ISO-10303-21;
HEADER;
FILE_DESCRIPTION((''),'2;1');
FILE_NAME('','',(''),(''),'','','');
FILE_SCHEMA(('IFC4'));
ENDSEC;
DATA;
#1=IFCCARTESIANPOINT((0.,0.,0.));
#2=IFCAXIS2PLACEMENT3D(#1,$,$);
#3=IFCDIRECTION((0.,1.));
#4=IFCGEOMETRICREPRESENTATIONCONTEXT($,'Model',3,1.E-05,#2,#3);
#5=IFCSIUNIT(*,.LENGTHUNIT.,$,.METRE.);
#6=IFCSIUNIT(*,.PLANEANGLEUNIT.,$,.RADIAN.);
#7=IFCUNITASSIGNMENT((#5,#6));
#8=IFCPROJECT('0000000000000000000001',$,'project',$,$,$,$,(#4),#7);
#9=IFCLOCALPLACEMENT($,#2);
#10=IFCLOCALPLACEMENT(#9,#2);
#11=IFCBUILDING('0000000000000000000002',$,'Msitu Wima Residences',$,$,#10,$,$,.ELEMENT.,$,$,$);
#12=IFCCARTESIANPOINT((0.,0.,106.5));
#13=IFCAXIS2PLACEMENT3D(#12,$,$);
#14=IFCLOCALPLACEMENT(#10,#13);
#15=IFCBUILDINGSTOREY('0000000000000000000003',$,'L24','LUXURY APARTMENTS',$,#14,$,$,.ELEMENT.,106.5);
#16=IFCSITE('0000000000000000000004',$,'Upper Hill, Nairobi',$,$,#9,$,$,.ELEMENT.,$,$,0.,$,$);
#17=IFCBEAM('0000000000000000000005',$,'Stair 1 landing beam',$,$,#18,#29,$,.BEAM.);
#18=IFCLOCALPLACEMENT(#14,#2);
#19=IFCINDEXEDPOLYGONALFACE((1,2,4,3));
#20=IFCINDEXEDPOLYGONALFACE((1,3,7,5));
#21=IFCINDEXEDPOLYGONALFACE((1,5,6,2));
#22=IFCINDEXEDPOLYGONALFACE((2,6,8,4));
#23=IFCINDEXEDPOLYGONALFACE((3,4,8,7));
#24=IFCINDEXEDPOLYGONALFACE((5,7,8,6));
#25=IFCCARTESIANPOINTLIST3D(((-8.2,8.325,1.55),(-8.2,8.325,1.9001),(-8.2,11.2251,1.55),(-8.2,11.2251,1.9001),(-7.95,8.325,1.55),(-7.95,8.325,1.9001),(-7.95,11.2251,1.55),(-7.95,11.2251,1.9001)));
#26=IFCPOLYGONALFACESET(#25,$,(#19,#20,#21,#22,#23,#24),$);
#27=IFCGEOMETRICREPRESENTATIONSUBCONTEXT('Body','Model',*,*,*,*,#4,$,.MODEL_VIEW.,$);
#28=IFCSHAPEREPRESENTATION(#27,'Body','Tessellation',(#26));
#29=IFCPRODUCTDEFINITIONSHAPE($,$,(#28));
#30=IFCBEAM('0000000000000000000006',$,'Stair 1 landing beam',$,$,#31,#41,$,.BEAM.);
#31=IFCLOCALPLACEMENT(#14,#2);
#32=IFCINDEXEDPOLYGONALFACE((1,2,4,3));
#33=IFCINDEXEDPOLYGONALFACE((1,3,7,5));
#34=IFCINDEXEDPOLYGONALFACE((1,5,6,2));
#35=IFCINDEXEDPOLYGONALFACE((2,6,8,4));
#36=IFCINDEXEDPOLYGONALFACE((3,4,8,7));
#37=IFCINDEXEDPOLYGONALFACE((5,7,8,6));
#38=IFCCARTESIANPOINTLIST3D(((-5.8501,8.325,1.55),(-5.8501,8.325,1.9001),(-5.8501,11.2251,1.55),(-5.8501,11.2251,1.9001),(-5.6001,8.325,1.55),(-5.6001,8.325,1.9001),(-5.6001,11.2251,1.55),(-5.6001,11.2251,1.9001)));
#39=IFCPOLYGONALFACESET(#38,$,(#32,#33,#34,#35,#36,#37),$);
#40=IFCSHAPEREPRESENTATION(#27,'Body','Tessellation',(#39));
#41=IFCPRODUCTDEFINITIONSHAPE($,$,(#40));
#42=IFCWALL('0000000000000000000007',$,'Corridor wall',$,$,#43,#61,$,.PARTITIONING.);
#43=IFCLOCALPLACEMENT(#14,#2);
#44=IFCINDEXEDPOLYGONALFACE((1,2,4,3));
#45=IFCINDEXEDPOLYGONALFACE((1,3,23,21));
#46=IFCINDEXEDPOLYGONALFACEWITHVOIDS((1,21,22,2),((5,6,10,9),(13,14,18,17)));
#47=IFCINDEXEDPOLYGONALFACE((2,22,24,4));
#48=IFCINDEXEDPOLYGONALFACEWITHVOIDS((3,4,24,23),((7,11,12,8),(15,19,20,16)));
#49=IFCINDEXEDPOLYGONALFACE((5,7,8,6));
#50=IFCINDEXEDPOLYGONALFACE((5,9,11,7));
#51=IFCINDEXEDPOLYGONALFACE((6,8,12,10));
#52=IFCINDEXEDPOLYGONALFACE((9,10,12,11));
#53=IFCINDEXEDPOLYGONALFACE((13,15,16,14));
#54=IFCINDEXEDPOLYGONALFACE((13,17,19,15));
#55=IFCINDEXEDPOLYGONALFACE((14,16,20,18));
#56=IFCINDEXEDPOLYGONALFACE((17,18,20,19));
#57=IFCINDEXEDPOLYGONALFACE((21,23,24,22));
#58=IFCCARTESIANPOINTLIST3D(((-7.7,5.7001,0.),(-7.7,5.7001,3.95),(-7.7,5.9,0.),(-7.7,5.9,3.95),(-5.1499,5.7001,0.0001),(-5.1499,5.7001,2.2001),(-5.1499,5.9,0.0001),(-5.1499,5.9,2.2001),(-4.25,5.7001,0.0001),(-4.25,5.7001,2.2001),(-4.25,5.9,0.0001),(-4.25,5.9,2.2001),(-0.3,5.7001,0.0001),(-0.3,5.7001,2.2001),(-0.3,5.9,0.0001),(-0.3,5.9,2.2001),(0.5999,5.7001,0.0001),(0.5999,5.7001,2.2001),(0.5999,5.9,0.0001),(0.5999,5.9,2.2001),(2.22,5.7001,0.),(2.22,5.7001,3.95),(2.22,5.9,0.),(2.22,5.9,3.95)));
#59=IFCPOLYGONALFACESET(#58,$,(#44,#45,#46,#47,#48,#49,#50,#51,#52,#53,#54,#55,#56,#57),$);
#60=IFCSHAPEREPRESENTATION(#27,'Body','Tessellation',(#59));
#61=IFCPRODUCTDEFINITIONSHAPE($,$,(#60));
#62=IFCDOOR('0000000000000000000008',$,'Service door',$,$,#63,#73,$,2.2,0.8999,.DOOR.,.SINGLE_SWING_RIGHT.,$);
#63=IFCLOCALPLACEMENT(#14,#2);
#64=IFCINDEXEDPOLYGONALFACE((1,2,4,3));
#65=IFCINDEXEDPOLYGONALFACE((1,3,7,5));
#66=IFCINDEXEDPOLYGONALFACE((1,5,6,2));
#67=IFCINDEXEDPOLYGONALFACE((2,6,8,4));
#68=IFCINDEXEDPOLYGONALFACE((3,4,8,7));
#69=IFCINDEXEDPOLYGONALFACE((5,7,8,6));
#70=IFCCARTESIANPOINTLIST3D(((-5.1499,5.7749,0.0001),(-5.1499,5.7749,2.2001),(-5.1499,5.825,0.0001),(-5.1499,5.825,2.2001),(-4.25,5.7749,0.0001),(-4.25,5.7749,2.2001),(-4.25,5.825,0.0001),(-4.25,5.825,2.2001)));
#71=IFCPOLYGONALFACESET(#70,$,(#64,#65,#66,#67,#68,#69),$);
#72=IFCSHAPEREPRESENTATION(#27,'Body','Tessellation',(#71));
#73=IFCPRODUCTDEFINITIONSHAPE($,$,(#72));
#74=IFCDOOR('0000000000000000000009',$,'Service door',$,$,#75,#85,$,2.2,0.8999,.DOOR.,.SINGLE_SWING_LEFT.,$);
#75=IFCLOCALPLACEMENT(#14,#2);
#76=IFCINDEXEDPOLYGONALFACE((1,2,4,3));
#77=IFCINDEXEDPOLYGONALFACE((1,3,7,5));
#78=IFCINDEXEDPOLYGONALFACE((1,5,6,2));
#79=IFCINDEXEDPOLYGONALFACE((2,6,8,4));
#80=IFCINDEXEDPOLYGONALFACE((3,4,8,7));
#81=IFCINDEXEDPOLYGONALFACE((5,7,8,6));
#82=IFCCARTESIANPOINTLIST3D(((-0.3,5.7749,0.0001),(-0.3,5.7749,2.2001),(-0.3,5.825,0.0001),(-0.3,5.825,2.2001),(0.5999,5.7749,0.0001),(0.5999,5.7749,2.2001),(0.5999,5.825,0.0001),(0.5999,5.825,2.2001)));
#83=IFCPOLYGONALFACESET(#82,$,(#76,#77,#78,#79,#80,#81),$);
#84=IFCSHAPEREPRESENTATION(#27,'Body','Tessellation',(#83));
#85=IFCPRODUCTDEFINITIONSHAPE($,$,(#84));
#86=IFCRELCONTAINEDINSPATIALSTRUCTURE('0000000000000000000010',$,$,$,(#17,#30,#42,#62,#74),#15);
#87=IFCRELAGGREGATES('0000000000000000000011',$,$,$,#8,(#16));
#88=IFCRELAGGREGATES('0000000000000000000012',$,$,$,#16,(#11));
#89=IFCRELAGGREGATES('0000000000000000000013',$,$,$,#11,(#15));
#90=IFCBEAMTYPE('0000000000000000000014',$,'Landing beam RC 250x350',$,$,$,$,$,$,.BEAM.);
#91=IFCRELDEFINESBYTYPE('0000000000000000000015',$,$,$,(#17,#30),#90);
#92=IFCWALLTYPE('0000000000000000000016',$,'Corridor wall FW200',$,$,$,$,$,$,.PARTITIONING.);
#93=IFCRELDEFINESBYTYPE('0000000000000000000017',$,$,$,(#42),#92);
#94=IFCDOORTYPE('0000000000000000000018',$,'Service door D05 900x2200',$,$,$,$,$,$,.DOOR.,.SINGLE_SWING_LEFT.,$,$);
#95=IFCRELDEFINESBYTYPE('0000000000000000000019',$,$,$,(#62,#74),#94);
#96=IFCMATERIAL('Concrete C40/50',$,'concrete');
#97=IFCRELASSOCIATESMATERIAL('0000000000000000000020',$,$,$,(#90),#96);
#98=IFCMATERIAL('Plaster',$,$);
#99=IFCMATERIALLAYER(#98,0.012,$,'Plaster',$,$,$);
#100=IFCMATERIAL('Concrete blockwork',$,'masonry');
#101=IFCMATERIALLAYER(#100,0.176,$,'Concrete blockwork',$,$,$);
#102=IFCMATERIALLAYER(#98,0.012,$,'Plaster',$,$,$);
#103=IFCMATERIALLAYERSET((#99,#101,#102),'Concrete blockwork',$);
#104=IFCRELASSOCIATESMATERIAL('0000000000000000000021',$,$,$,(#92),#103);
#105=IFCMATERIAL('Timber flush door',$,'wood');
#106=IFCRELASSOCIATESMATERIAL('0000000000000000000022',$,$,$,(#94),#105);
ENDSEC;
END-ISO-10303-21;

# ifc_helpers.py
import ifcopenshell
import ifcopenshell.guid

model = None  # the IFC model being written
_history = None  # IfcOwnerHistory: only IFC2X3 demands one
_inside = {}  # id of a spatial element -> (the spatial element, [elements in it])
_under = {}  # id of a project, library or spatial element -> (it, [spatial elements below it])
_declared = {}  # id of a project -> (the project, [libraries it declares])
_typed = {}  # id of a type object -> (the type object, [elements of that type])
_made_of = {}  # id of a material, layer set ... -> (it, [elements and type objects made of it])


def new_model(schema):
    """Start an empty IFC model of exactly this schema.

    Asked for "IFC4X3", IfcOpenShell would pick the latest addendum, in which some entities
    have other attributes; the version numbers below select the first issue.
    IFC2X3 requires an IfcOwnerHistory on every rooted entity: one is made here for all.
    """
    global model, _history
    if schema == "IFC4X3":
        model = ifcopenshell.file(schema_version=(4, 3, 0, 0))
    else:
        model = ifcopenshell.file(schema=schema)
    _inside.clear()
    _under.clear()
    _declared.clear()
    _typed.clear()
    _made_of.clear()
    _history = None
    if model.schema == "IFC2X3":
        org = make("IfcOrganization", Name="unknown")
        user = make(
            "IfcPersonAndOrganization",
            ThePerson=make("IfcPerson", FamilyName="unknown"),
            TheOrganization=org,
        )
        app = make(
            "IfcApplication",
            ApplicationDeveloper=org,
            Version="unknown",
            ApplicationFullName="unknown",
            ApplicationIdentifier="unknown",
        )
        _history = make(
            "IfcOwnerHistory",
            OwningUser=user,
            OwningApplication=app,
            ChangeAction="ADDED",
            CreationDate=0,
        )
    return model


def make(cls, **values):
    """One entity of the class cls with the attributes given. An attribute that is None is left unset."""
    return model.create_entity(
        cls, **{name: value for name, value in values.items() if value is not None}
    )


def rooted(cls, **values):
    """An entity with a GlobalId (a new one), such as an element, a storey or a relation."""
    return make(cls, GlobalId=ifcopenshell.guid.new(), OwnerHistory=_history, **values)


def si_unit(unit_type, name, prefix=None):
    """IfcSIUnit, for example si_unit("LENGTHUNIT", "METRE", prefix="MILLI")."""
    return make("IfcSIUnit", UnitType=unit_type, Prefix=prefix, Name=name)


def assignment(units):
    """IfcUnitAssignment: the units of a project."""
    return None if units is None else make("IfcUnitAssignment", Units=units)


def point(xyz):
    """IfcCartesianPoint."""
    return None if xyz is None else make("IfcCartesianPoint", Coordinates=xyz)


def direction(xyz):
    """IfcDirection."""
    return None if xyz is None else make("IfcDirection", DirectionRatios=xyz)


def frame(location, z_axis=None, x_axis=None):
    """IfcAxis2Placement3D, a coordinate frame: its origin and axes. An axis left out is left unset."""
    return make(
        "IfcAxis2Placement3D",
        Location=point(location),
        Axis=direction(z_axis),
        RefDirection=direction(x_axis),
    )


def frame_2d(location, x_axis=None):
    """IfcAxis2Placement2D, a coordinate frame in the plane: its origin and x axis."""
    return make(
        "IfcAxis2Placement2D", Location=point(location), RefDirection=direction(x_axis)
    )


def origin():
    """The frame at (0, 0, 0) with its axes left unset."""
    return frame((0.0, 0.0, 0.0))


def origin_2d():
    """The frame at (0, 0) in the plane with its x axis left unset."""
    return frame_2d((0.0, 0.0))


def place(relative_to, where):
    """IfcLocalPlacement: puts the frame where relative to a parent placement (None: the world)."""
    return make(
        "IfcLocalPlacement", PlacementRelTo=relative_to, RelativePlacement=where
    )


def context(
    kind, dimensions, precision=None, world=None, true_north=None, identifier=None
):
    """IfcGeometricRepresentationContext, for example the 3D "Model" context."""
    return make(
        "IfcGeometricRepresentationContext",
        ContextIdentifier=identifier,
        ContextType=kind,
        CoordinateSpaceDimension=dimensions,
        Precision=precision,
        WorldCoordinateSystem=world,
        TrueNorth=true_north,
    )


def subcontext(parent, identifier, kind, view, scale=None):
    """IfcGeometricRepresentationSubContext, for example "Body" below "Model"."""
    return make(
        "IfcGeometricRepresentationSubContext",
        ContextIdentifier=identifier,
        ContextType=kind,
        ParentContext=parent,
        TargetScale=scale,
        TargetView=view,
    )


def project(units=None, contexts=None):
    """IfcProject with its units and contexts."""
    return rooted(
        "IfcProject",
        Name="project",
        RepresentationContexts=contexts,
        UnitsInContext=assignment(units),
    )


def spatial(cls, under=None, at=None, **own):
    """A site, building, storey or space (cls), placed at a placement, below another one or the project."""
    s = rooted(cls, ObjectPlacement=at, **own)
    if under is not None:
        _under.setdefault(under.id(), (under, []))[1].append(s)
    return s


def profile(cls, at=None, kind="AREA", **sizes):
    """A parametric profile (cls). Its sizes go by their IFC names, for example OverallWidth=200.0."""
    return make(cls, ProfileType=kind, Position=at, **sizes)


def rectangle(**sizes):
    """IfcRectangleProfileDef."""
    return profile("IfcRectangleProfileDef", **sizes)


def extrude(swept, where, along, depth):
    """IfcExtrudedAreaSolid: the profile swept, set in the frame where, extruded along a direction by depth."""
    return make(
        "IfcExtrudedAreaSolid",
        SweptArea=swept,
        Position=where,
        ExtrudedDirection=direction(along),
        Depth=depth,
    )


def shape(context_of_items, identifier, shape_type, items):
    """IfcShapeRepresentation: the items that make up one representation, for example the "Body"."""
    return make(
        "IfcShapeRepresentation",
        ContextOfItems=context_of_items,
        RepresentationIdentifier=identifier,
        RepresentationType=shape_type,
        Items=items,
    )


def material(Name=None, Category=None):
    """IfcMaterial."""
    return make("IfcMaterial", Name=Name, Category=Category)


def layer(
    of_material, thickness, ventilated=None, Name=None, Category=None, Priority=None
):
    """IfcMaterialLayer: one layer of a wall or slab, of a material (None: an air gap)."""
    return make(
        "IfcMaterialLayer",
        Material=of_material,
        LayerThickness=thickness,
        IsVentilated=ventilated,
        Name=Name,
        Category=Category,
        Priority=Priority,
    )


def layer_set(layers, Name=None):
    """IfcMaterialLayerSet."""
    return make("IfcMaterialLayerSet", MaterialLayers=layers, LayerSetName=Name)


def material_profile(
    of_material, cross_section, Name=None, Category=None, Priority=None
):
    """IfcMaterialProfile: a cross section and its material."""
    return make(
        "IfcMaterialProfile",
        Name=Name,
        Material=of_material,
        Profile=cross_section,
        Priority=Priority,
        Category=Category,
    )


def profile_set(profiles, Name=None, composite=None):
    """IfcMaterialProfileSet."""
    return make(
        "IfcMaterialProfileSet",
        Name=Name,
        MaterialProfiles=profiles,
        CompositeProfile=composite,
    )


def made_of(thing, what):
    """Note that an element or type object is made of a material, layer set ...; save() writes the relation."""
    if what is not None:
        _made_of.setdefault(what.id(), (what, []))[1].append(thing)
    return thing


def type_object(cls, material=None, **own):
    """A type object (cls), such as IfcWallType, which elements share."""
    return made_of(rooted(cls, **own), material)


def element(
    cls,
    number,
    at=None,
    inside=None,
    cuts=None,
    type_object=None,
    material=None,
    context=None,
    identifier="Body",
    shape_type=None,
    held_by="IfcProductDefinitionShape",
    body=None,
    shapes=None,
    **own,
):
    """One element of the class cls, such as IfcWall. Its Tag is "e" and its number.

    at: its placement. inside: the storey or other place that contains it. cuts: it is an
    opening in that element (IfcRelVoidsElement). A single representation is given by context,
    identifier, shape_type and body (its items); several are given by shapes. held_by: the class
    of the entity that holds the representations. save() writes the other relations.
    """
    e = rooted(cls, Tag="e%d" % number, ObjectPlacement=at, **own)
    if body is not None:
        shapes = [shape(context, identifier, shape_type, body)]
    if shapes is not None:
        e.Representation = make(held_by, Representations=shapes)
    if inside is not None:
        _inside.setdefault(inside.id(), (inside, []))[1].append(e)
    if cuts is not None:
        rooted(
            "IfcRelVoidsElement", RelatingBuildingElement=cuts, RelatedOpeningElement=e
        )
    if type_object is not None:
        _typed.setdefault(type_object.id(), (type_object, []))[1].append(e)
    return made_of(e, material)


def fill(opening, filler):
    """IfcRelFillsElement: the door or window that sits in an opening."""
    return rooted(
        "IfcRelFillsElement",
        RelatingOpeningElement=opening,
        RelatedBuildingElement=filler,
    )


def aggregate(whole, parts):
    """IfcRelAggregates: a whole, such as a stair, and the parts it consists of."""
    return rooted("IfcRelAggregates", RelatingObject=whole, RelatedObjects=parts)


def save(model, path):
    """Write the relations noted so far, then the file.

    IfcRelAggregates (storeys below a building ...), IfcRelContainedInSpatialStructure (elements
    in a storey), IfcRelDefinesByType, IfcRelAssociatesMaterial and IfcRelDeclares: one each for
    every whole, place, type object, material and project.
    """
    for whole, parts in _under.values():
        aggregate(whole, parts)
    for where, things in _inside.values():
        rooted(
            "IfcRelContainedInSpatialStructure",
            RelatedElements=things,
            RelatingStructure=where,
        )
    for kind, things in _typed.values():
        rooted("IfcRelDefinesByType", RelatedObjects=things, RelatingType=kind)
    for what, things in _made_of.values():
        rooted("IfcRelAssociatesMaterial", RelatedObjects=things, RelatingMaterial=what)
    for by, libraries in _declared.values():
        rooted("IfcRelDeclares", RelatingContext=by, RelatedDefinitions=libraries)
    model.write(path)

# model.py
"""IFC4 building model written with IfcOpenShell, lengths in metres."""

from ifc_helpers import new_model, si_unit, direction, frame, frame_2d, origin, origin_2d, place, context, subcontext, project, spatial, rectangle, extrude, material, layer, layer_set, material_profile, profile_set, type_object, element, fill, save


model = new_model("IFC4")

# Units and contexts
model_context = context("Model", 3, precision=1e-05, world=origin(), true_north=direction((0.0, 1.0)))
body_context = subcontext(model_context, "Body", "Model", "MODEL_VIEW")
ifc_project = project(units=[si_unit("LENGTHUNIT", "METRE"), si_unit("PLANEANGLEUNIT", "RADIAN")], contexts=[model_context])

# Site, building, storey
site_placement = place(None, origin())
site = spatial("IfcSite", under=ifc_project, at=site_placement, Name="Upper Hill, Nairobi", CompositionType="ELEMENT", RefElevation=0.0)
building_placement = place(site_placement, origin())
building = spatial("IfcBuilding", under=site, at=building_placement, Name="Msitu Wima Residences", CompositionType="ELEMENT")
storey_placement = place(building_placement, frame((0.0, 0.0, 106.5)))
storey = spatial("IfcBuildingStorey", under=building, at=storey_placement, Name="L24", Description="LUXURY APARTMENTS", CompositionType="ELEMENT", Elevation=106.5)

# Beams
ifc_material_1 = material(Name="Concrete C40/50", Category="concrete")
ifc_material_profile = material_profile(ifc_material_1, rectangle(XDim=0.25, YDim=0.3501, at=origin_2d()), Name="RC 250x350")
ifc_profile_set = profile_set([ifc_material_profile], Name="Concrete C40/50")
beam_type = type_object("IfcBeamType", Name="Landing beam RC 250x350", PredefinedType="BEAM", material=ifc_profile_set)
for number, where, z_axis, x_axis, name in (
    (1, (-8.075, 8.325, 1.7251), (0.0, 1.0, 0.0), (-1.0, 0.0, 0.0), "Stair 1 landing beam"),
    (2, (-5.7251, 8.325, 1.7251), (0.0, 1.0, 0.0), (-1.0, 0.0, 0.0), "Stair 1 landing beam"),
):
    element("IfcBeam", number, at=place(storey_placement, frame(where, z_axis=z_axis, x_axis=x_axis)), inside=storey, type_object=beam_type, Name=name, PredefinedType="BEAM", context=body_context, shape_type="SweptSolid", body=[
        extrude(rectangle(XDim=0.25, YDim=0.3501, at=origin_2d()), origin(), (0.0, 0.0, 1.0), 2.9001),
    ])

# Shared definitions
ifc_material_2 = material(Name="Plaster")
ifc_layer_1 = layer(ifc_material_2, 0.012, Name="Plaster")
ifc_material_3 = material(Name="Concrete blockwork", Category="masonry")
ifc_layer_2 = layer(ifc_material_3, 0.176, Name="Concrete blockwork")
ifc_layer_3 = layer(ifc_material_2, 0.012, Name="Plaster")
ifc_layer_set_1 = layer_set([ifc_layer_1, ifc_layer_2, ifc_layer_3], Name="Concrete blockwork")
wall_type_1 = type_object("IfcWallType", Name="Corridor wall FW200", PredefinedType="PARTITIONING", material=ifc_layer_set_1)

# Wall, openings, doors
wall_1_placement = place(storey_placement, frame((-7.7, 5.8, 0.0), z_axis=(0.0, 0.0, 1.0), x_axis=(1.0, 0.0, 0.0)))
wall_1 = element("IfcWall", 3, at=wall_1_placement, inside=storey, type_object=wall_type_1, Name="Corridor wall", PredefinedType="PARTITIONING", context=body_context, shape_type="SweptSolid", body=[
    extrude(rectangle(XDim=9.9199, YDim=0.2, at=frame_2d((4.96, 0.0))), origin(), (0.0, 0.0, 1.0), 3.95),
])
opening_1_placement = place(wall_1_placement, frame((2.55, 0.0, 0.0)))
opening_1 = element("IfcOpeningElement", 4, at=opening_1_placement, cuts=wall_1, PredefinedType="OPENING", context=body_context, shape_type="SweptSolid", body=[
    extrude(rectangle(XDim=0.8999, YDim=2.2, at=frame_2d((0.45, 1.1001))), frame((0.0, 0.1099, 0.0), z_axis=(0.0, -1.0, 0.0), x_axis=(1.0, 0.0, 0.0)), (0.0, 0.0, 1.0), 0.22),
])
opening_2_placement = place(wall_1_placement, frame((7.3999, 0.0, 0.0)))
opening_2 = element("IfcOpeningElement", 5, at=opening_2_placement, cuts=wall_1, PredefinedType="OPENING", context=body_context, shape_type="SweptSolid", body=[
    extrude(rectangle(XDim=0.8999, YDim=2.2, at=frame_2d((0.45, 1.1001))), frame((0.0, 0.1099, 0.0), z_axis=(0.0, -1.0, 0.0), x_axis=(1.0, 0.0, 0.0)), (0.0, 0.0, 1.0), 0.22),
])
ifc_material_4 = material(Name="Timber flush door", Category="wood")
door_type_1 = type_object("IfcDoorType", Name="Service door D05 900x2200", OperationType="SINGLE_SWING_LEFT", PredefinedType="DOOR", material=ifc_material_4)
door_1_placement = place(opening_1_placement, origin())
door_1 = element("IfcDoor", 6, at=door_1_placement, inside=storey, type_object=door_type_1, Name="Service door", OperationType="SINGLE_SWING_RIGHT", OverallHeight=2.2, OverallWidth=0.8999, PredefinedType="DOOR", context=body_context, shape_type="SweptSolid", body=[
    extrude(rectangle(XDim=0.8999, YDim=2.2, at=frame_2d((0.45, 1.1001))), frame((0.0, 0.0249, 0.0), z_axis=(0.0, -1.0, 0.0), x_axis=(1.0, 0.0, 0.0)), (0.0, 0.0, 1.0), 0.05),
])
fill(opening_1, door_1)
door_2_placement = place(opening_2_placement, origin())
door_2 = element("IfcDoor", 7, at=door_2_placement, inside=storey, type_object=door_type_1, Name="Service door", OperationType="SINGLE_SWING_LEFT", OverallHeight=2.2, OverallWidth=0.8999, PredefinedType="DOOR", context=body_context, shape_type="SweptSolid", body=[
    extrude(rectangle(XDim=0.8999, YDim=2.2, at=frame_2d((0.45, 1.1001))), frame((0.0, 0.0249, 0.0), z_axis=(0.0, -1.0, 0.0), x_axis=(1.0, 0.0, 0.0)), (0.0, 0.0, 1.0), 0.05),
])
fill(opening_2, door_2)

save(model, "model.ifc")
